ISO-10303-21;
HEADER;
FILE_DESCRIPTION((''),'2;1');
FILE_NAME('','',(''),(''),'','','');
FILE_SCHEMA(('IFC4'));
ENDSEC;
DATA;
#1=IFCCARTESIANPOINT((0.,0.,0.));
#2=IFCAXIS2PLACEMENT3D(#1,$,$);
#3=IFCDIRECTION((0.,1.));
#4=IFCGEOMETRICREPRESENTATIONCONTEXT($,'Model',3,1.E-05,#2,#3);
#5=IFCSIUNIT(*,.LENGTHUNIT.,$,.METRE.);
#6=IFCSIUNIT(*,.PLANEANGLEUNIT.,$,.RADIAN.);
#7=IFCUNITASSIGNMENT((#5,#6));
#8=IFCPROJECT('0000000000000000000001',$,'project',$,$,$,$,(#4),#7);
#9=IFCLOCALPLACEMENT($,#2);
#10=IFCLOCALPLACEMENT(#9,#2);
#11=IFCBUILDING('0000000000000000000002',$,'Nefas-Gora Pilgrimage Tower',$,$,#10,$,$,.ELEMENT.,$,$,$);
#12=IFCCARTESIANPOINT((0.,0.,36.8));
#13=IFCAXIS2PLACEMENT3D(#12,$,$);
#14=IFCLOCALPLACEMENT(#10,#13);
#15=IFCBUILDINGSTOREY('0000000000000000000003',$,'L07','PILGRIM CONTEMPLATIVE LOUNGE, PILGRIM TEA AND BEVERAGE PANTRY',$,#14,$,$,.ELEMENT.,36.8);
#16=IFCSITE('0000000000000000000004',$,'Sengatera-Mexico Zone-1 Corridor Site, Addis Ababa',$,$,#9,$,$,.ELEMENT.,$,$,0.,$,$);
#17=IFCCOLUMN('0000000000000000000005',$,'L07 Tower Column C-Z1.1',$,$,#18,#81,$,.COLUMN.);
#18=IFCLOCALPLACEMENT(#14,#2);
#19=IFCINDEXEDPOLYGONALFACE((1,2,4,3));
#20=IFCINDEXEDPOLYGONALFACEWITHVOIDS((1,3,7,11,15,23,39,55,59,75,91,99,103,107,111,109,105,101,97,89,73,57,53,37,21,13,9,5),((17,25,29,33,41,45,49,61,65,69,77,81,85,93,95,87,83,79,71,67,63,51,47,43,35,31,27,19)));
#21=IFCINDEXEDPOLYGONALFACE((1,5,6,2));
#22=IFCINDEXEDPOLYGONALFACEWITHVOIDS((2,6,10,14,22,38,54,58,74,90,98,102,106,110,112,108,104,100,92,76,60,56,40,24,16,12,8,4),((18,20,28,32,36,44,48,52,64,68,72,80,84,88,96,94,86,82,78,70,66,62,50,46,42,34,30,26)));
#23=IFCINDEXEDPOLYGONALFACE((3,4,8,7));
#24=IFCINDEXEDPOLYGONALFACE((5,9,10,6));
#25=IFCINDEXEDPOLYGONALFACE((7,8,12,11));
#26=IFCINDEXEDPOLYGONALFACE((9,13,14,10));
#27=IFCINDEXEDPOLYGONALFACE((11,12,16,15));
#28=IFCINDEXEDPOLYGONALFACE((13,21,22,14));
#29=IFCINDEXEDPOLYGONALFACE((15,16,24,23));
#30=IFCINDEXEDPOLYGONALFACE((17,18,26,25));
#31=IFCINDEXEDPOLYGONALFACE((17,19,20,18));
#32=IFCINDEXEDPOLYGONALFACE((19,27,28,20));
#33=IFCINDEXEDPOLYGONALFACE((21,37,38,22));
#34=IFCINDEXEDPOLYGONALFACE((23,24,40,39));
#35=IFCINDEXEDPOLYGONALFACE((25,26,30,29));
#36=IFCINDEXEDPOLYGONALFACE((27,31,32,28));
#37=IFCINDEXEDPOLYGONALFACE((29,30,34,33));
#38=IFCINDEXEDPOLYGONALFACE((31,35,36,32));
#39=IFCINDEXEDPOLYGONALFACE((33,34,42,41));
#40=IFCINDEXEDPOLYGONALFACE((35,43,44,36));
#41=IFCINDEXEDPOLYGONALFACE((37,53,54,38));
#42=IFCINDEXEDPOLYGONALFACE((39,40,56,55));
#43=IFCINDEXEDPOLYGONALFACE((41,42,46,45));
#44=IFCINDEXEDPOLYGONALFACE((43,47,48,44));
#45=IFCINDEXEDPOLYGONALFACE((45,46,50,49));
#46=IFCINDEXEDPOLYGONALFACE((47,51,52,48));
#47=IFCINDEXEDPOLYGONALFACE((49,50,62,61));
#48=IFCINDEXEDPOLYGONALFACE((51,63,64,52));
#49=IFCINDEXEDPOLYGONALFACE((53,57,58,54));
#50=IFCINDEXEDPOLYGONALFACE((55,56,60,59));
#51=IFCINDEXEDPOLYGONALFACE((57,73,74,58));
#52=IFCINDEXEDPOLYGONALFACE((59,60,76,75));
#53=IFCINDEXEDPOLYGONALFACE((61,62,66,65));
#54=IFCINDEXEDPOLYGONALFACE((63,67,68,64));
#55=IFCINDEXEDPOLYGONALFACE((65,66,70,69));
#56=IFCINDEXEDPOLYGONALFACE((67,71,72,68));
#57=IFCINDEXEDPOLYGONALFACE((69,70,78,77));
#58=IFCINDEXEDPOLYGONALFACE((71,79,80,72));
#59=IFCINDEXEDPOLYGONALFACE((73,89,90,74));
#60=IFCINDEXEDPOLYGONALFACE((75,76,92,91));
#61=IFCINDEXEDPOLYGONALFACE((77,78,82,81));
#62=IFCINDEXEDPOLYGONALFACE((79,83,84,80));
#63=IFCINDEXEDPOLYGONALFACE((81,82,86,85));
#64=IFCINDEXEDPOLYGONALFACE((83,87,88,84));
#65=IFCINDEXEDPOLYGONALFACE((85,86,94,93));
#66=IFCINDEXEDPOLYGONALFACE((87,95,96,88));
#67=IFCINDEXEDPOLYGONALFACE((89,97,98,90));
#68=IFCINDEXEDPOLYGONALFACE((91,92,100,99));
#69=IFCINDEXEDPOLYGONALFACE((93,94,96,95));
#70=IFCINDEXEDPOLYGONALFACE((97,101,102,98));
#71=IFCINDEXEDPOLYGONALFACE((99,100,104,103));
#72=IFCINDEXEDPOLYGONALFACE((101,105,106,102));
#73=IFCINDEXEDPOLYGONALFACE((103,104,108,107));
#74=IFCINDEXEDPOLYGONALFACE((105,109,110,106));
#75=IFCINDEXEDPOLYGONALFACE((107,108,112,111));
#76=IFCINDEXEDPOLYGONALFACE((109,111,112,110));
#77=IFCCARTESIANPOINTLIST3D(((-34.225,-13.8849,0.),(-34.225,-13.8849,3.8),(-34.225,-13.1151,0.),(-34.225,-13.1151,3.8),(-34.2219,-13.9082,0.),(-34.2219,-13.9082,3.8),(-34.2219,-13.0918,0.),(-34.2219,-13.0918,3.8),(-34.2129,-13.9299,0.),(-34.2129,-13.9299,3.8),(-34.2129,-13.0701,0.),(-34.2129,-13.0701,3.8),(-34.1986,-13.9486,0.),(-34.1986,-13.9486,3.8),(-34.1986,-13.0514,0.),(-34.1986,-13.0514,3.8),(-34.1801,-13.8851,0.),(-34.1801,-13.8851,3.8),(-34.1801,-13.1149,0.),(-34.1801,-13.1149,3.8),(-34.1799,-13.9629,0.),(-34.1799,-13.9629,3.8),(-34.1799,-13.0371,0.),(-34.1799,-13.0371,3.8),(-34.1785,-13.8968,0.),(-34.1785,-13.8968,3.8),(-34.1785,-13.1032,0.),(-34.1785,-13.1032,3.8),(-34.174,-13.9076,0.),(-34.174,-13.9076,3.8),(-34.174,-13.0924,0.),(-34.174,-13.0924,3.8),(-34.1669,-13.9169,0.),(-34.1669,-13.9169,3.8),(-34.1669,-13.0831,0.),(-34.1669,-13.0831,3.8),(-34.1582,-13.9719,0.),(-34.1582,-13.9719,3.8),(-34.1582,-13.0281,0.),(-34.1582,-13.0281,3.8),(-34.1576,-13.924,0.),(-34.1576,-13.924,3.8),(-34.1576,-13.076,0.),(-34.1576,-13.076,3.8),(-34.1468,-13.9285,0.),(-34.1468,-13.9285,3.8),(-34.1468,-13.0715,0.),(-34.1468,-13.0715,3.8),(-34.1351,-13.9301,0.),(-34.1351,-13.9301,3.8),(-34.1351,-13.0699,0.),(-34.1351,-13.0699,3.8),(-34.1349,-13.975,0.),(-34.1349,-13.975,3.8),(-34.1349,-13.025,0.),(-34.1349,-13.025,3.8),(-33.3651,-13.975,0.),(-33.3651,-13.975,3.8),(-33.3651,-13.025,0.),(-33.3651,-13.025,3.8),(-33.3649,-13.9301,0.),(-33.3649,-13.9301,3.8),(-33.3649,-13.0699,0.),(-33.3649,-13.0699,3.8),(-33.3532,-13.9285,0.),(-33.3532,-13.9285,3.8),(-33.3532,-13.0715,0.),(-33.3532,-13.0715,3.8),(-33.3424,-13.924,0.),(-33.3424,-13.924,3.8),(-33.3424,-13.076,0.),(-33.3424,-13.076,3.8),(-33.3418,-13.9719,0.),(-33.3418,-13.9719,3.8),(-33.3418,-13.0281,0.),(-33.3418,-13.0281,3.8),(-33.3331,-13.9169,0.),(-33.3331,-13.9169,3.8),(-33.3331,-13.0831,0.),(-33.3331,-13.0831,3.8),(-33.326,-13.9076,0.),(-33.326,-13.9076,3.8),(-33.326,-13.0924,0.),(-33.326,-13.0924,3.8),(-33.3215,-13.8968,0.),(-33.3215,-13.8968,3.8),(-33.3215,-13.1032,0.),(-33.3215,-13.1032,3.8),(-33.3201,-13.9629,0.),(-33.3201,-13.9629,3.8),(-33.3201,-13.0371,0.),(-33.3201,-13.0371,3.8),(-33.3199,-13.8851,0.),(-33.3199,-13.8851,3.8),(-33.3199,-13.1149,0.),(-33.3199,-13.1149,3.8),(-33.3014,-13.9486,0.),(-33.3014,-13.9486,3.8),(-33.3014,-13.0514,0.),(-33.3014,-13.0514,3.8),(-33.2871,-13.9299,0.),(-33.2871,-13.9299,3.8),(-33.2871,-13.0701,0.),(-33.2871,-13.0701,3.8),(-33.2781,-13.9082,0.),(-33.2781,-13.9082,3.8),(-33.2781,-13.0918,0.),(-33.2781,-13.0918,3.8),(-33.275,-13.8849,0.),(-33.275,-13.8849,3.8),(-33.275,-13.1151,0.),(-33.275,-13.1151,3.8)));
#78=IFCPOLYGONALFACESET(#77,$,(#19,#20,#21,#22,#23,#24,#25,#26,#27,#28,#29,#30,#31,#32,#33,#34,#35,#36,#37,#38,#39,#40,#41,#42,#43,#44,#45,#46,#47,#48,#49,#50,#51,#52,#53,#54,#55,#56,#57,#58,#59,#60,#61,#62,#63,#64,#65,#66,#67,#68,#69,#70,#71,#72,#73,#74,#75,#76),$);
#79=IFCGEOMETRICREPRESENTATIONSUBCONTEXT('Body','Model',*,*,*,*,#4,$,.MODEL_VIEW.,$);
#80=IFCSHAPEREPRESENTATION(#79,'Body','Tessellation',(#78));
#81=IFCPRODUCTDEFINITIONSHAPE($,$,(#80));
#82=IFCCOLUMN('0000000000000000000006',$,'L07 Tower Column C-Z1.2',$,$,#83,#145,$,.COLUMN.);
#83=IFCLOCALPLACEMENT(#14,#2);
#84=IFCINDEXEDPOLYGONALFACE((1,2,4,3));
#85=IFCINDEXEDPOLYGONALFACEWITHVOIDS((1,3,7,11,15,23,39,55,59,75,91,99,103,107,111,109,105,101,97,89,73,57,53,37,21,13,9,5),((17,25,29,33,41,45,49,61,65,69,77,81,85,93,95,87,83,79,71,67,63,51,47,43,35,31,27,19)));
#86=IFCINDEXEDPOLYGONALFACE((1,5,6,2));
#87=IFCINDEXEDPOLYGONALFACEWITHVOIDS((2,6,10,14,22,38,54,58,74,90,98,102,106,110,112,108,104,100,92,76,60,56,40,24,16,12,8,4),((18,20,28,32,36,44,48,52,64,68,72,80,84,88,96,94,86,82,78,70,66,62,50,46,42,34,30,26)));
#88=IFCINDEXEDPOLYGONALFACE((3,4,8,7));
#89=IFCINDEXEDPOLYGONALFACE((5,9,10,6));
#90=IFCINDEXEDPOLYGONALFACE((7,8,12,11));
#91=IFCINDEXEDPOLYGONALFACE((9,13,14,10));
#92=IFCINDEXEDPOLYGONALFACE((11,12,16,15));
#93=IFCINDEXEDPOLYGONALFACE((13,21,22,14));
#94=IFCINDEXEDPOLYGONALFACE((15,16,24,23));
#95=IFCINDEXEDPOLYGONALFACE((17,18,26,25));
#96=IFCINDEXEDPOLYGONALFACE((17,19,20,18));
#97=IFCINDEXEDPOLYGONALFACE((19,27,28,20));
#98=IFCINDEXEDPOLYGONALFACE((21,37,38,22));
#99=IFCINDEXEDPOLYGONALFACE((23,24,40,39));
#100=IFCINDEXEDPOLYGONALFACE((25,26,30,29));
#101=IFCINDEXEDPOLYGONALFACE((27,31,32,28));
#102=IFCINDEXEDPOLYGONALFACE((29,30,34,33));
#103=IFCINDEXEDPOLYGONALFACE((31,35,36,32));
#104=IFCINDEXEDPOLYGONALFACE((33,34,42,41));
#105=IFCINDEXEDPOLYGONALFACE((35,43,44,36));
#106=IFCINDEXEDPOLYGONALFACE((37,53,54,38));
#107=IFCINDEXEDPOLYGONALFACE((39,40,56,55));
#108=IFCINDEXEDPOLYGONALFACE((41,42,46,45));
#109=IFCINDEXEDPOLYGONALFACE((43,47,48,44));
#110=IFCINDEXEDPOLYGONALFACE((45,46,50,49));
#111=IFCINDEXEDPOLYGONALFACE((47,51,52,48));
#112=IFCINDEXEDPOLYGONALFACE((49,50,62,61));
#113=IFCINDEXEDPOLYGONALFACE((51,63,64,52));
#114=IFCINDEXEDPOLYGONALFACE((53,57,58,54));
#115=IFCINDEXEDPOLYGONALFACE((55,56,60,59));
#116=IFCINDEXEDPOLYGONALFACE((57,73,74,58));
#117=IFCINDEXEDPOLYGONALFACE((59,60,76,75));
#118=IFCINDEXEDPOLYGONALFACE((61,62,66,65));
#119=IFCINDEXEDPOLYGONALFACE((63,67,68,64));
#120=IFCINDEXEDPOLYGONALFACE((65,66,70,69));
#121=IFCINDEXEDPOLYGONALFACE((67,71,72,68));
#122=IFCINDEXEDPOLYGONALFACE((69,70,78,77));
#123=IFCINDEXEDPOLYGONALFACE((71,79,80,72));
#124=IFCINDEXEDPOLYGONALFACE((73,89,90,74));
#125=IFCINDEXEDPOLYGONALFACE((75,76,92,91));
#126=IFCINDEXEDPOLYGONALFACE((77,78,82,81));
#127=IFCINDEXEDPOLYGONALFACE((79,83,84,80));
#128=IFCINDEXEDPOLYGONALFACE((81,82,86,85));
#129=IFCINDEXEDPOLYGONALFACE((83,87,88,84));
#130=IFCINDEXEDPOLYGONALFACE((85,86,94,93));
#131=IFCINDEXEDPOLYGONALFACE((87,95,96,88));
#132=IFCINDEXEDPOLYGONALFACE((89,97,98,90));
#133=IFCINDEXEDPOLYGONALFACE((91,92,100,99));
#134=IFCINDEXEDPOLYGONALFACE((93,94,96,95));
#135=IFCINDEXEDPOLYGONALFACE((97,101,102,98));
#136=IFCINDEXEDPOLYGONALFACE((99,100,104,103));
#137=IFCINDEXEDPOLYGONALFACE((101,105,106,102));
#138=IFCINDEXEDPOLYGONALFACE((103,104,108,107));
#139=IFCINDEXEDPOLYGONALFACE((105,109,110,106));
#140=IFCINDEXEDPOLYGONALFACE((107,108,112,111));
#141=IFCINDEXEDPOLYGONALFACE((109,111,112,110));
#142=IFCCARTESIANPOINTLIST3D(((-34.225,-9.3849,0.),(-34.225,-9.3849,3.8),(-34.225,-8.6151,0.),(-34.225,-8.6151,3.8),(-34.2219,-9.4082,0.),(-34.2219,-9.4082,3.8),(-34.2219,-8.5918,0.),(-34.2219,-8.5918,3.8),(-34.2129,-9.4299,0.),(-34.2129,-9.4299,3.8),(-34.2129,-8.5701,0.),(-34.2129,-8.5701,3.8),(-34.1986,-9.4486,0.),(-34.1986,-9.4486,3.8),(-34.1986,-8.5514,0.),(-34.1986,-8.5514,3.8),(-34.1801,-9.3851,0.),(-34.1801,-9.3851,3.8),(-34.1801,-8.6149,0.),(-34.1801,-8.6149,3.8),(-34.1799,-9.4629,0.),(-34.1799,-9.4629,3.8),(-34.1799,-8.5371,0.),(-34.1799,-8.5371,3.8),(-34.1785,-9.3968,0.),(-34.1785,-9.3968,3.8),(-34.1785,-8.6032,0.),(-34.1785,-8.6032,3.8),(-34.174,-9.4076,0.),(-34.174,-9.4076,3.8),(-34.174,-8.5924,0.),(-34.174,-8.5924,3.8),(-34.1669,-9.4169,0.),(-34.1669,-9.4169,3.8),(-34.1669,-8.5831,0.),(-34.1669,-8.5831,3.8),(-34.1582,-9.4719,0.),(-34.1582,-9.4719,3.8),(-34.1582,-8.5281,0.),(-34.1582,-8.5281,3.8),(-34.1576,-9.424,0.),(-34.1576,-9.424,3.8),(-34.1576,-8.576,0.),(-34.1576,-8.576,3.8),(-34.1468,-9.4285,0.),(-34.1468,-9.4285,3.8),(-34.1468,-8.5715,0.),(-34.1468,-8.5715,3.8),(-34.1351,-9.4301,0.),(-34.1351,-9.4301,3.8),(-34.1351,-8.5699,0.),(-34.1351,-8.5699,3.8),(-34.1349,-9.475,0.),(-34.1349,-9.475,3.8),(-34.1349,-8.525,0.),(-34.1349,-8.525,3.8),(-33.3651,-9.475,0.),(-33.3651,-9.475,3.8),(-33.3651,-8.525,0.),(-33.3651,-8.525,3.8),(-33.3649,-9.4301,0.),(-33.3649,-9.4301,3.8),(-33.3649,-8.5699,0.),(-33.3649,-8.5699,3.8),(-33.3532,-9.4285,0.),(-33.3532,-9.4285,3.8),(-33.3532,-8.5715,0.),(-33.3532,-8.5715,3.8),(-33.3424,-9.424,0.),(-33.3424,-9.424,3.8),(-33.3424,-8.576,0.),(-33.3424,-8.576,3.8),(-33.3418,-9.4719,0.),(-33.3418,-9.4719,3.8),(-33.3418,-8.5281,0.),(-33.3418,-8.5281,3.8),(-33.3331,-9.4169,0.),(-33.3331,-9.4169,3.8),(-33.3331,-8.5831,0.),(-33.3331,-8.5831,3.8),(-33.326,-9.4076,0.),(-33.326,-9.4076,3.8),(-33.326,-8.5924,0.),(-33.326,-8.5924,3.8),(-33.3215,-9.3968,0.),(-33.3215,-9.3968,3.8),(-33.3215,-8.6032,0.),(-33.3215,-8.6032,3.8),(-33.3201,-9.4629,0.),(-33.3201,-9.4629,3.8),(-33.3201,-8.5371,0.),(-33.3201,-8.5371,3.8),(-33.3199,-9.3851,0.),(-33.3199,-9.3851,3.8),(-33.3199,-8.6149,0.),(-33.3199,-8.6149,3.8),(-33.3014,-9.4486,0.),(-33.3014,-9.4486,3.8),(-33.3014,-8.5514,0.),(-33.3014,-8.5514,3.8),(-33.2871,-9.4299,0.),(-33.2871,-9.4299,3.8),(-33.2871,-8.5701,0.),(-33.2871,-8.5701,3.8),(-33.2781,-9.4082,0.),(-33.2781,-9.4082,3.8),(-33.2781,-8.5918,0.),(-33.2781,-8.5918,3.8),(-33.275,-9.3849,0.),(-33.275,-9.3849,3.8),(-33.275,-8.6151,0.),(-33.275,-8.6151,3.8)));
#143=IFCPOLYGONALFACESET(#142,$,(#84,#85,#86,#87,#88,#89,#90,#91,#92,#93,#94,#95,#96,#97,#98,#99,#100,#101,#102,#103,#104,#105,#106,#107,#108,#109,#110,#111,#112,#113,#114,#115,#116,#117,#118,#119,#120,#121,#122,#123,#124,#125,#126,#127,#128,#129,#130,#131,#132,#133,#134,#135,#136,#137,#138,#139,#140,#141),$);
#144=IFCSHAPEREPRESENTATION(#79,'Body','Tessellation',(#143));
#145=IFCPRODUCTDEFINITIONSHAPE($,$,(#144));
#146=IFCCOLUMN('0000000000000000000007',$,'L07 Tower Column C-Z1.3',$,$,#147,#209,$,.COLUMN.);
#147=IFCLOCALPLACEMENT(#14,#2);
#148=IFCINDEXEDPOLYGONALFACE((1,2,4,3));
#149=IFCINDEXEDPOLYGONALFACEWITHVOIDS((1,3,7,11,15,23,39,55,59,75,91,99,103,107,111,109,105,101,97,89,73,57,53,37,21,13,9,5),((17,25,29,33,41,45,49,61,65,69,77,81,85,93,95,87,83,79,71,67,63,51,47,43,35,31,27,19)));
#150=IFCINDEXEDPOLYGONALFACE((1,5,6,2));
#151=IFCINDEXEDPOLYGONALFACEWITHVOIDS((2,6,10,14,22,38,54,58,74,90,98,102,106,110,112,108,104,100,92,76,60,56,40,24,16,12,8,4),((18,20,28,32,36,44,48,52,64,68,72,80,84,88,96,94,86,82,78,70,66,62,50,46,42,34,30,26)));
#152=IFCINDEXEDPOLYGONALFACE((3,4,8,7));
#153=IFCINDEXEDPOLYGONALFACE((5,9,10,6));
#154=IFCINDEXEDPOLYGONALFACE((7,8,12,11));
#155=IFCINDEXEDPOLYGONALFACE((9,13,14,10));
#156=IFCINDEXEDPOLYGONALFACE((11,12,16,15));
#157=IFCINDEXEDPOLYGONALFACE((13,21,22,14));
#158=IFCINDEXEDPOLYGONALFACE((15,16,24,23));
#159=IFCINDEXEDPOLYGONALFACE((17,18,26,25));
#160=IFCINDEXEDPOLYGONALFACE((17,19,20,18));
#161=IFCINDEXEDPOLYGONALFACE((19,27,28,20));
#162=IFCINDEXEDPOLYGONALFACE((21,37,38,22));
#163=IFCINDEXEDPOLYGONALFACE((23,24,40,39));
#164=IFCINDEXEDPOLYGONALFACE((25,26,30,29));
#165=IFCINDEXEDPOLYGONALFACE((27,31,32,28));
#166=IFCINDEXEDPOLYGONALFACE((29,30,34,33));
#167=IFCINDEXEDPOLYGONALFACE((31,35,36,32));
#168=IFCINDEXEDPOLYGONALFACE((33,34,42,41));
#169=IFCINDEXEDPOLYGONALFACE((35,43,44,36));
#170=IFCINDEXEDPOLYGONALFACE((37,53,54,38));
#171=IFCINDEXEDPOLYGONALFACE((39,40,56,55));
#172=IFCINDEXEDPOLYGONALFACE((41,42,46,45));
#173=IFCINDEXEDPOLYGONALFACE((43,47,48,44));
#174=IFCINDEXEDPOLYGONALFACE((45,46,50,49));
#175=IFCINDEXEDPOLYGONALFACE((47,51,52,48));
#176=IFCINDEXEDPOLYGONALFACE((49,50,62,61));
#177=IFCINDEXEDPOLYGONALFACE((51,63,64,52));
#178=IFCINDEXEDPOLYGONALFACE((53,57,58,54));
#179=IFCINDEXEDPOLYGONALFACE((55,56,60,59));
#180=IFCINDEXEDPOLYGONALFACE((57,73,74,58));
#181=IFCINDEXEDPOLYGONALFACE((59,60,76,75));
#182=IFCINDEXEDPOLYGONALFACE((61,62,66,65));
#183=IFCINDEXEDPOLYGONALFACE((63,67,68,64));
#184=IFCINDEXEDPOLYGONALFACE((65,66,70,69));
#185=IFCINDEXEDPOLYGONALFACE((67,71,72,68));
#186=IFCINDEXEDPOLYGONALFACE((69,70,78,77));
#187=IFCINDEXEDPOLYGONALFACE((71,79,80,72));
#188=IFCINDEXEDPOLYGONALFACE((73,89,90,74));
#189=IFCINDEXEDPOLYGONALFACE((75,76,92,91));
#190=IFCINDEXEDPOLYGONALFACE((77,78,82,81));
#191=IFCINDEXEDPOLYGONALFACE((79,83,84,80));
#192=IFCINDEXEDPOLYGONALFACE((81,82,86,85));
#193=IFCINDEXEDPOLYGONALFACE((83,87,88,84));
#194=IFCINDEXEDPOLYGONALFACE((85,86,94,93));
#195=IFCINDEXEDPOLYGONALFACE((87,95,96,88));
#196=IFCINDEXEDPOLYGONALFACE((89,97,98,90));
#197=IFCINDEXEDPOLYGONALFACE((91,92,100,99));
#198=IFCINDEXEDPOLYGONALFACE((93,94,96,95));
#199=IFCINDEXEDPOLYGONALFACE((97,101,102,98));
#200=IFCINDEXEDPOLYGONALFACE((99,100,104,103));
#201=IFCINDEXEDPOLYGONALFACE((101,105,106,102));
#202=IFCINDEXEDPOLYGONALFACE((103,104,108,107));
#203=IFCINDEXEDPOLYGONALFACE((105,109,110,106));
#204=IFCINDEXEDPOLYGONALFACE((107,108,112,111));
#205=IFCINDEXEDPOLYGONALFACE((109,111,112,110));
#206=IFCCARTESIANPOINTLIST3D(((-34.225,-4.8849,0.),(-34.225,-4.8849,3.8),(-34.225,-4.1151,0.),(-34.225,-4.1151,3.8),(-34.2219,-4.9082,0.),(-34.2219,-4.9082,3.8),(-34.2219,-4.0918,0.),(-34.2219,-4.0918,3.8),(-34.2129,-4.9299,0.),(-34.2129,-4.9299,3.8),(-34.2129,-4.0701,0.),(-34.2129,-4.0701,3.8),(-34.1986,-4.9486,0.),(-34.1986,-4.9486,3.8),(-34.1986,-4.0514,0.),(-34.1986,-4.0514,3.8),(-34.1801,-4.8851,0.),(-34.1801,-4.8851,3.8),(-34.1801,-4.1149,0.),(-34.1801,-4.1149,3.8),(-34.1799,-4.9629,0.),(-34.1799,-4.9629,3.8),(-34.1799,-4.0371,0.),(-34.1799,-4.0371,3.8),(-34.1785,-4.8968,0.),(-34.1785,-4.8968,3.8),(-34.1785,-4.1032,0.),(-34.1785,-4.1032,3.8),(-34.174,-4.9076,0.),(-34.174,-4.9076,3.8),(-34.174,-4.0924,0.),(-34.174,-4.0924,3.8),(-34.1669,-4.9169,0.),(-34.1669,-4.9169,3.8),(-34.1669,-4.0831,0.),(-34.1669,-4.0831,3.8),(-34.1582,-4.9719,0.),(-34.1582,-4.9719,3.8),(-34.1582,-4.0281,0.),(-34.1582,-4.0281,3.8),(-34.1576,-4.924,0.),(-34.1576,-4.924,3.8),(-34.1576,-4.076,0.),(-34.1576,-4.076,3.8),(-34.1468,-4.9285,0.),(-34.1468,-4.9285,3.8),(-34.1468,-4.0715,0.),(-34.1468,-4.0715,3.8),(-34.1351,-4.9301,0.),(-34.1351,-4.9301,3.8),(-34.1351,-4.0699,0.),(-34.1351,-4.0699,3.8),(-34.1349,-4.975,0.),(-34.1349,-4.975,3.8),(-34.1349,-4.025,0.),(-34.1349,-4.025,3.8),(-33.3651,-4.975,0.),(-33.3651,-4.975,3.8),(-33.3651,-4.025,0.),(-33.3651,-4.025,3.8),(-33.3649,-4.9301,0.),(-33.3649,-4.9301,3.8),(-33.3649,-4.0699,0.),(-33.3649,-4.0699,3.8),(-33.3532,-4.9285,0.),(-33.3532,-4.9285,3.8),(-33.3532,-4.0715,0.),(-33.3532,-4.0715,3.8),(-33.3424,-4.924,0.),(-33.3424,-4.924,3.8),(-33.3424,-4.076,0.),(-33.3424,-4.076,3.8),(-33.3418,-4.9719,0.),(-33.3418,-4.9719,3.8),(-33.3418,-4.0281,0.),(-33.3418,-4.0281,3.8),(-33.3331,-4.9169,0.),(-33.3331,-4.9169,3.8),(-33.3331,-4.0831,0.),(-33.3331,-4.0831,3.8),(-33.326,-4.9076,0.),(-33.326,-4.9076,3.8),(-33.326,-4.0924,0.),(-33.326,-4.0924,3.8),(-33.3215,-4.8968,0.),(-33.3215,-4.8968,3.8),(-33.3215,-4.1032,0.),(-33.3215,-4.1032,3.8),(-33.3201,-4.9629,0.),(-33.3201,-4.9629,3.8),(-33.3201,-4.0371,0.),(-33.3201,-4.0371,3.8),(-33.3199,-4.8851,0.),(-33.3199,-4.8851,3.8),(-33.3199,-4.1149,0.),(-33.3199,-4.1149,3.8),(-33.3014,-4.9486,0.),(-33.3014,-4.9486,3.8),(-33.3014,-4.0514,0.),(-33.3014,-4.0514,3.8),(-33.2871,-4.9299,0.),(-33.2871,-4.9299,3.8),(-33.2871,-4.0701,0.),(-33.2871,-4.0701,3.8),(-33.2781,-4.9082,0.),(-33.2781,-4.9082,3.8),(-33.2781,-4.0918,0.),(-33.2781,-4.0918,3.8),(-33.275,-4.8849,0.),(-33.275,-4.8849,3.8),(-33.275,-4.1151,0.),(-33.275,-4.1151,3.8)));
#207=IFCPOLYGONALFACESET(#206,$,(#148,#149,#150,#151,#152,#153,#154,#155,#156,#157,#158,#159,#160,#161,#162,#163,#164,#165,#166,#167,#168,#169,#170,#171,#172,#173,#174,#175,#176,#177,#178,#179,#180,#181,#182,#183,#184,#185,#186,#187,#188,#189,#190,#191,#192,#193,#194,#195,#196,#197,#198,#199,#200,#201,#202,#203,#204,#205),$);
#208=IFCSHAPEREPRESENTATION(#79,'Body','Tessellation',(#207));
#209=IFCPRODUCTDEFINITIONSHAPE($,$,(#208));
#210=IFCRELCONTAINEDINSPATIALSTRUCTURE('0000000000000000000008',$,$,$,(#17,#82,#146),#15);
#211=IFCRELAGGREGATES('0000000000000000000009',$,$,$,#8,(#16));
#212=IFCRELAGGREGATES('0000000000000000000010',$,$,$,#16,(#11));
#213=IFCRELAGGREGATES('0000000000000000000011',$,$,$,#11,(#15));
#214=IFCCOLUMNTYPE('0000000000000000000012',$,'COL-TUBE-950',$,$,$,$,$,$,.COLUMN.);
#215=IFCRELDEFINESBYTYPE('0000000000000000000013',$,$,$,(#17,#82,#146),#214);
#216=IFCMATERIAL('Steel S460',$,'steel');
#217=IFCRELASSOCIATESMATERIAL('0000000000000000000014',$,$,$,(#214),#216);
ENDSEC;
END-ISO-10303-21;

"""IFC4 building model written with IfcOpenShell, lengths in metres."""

from ifc_helpers import new_model, si_unit, direction, frame, origin, origin_2d, place, context, subcontext, project, spatial, hollow_rectangle, extrude, source, transform, mapped, material, material_profile, profile_set, type_object, element, save


model = new_model("IFC4")

# Units and contexts
model_context = context("Model", 3, precision=1e-05, world=origin(), true_north=direction((0.0, 1.0)))
body_context = subcontext(model_context, "Body", "Model", "MODEL_VIEW")
ifc_project = project(units=[si_unit("LENGTHUNIT", "METRE"), si_unit("PLANEANGLEUNIT", "RADIAN")], contexts=[model_context])

# Site, building, storey
site_placement = place(None, origin())
site = spatial("IfcSite", under=ifc_project, at=site_placement, Name="Sengatera-Mexico Zone-1 Corridor Site, Addis Ababa", CompositionType="ELEMENT", RefElevation=0.0)
building_placement = place(site_placement, origin())
building = spatial("IfcBuilding", under=site, at=building_placement, Name="Nefas-Gora Pilgrimage Tower", CompositionType="ELEMENT")
storey_placement = place(building_placement, frame((0.0, 0.0, 36.8)))
storey = spatial("IfcBuildingStorey", under=building, at=storey_placement, Name="L07", Description="PILGRIM CONTEMPLATIVE LOUNGE, PILGRIM TEA AND BEVERAGE PANTRY", CompositionType="ELEMENT", Elevation=36.8)

# Columns
ifc_material_1 = material(Name="Steel S460", Category="steel")
ifc_material_profile_1 = material_profile(ifc_material_1, hollow_rectangle(XDim=0.95, YDim=0.95, WallThickness=0.0449, InnerFilletRadius=0.0449, OuterFilletRadius=0.0901, at=origin_2d()), Name="BOX 950x950x45")
ifc_profile_set_1 = profile_set([ifc_material_profile_1], Name="Steel S460")
column_type_1 = type_object("IfcColumnType", Name="COL-TUBE-950", PredefinedType="COLUMN", material=ifc_profile_set_1)
shared_shape_1 = source(origin(), body_context, "Body", "SweptSolid", [
    extrude(hollow_rectangle(XDim=0.95, YDim=0.95, WallThickness=0.0449, InnerFilletRadius=0.0449, OuterFilletRadius=0.0901, at=origin_2d()), origin(), (0.0, 0.0, 1.0), 3.8),
])
for number, where, z_axis, x_axis, name in (
    (1, (-33.75, -13.5, 0.0), (0.0, 0.0, 1.0), (1.0, 0.0, 0.0), "L07 Tower Column C-Z1.1"),
    (2, (-33.75, -9.0, 0.0), (0.0, 0.0, 1.0), (1.0, 0.0, 0.0), "L07 Tower Column C-Z1.2"),
    (3, (-33.75, -4.5, 0.0), (0.0, 0.0, 1.0), (1.0, 0.0, 0.0), "L07 Tower Column C-Z1.3"),
):
    element("IfcColumn", number, at=place(storey_placement, frame(where, z_axis=z_axis, x_axis=x_axis)), inside=storey, type_object=column_type_1, Name=name, PredefinedType="COLUMN", context=body_context, shape_type="MappedRepresentation", body=[
        mapped(shared_shape_1, transform((0.0, 0.0, 0.0), x_axis=(1.0, 0.0, 0.0), y_axis=(0.0, 1.0, 0.0), z_axis=(0.0, 0.0, 1.0), scale=1.0)),
    ])

save(model, "model.ifc")
